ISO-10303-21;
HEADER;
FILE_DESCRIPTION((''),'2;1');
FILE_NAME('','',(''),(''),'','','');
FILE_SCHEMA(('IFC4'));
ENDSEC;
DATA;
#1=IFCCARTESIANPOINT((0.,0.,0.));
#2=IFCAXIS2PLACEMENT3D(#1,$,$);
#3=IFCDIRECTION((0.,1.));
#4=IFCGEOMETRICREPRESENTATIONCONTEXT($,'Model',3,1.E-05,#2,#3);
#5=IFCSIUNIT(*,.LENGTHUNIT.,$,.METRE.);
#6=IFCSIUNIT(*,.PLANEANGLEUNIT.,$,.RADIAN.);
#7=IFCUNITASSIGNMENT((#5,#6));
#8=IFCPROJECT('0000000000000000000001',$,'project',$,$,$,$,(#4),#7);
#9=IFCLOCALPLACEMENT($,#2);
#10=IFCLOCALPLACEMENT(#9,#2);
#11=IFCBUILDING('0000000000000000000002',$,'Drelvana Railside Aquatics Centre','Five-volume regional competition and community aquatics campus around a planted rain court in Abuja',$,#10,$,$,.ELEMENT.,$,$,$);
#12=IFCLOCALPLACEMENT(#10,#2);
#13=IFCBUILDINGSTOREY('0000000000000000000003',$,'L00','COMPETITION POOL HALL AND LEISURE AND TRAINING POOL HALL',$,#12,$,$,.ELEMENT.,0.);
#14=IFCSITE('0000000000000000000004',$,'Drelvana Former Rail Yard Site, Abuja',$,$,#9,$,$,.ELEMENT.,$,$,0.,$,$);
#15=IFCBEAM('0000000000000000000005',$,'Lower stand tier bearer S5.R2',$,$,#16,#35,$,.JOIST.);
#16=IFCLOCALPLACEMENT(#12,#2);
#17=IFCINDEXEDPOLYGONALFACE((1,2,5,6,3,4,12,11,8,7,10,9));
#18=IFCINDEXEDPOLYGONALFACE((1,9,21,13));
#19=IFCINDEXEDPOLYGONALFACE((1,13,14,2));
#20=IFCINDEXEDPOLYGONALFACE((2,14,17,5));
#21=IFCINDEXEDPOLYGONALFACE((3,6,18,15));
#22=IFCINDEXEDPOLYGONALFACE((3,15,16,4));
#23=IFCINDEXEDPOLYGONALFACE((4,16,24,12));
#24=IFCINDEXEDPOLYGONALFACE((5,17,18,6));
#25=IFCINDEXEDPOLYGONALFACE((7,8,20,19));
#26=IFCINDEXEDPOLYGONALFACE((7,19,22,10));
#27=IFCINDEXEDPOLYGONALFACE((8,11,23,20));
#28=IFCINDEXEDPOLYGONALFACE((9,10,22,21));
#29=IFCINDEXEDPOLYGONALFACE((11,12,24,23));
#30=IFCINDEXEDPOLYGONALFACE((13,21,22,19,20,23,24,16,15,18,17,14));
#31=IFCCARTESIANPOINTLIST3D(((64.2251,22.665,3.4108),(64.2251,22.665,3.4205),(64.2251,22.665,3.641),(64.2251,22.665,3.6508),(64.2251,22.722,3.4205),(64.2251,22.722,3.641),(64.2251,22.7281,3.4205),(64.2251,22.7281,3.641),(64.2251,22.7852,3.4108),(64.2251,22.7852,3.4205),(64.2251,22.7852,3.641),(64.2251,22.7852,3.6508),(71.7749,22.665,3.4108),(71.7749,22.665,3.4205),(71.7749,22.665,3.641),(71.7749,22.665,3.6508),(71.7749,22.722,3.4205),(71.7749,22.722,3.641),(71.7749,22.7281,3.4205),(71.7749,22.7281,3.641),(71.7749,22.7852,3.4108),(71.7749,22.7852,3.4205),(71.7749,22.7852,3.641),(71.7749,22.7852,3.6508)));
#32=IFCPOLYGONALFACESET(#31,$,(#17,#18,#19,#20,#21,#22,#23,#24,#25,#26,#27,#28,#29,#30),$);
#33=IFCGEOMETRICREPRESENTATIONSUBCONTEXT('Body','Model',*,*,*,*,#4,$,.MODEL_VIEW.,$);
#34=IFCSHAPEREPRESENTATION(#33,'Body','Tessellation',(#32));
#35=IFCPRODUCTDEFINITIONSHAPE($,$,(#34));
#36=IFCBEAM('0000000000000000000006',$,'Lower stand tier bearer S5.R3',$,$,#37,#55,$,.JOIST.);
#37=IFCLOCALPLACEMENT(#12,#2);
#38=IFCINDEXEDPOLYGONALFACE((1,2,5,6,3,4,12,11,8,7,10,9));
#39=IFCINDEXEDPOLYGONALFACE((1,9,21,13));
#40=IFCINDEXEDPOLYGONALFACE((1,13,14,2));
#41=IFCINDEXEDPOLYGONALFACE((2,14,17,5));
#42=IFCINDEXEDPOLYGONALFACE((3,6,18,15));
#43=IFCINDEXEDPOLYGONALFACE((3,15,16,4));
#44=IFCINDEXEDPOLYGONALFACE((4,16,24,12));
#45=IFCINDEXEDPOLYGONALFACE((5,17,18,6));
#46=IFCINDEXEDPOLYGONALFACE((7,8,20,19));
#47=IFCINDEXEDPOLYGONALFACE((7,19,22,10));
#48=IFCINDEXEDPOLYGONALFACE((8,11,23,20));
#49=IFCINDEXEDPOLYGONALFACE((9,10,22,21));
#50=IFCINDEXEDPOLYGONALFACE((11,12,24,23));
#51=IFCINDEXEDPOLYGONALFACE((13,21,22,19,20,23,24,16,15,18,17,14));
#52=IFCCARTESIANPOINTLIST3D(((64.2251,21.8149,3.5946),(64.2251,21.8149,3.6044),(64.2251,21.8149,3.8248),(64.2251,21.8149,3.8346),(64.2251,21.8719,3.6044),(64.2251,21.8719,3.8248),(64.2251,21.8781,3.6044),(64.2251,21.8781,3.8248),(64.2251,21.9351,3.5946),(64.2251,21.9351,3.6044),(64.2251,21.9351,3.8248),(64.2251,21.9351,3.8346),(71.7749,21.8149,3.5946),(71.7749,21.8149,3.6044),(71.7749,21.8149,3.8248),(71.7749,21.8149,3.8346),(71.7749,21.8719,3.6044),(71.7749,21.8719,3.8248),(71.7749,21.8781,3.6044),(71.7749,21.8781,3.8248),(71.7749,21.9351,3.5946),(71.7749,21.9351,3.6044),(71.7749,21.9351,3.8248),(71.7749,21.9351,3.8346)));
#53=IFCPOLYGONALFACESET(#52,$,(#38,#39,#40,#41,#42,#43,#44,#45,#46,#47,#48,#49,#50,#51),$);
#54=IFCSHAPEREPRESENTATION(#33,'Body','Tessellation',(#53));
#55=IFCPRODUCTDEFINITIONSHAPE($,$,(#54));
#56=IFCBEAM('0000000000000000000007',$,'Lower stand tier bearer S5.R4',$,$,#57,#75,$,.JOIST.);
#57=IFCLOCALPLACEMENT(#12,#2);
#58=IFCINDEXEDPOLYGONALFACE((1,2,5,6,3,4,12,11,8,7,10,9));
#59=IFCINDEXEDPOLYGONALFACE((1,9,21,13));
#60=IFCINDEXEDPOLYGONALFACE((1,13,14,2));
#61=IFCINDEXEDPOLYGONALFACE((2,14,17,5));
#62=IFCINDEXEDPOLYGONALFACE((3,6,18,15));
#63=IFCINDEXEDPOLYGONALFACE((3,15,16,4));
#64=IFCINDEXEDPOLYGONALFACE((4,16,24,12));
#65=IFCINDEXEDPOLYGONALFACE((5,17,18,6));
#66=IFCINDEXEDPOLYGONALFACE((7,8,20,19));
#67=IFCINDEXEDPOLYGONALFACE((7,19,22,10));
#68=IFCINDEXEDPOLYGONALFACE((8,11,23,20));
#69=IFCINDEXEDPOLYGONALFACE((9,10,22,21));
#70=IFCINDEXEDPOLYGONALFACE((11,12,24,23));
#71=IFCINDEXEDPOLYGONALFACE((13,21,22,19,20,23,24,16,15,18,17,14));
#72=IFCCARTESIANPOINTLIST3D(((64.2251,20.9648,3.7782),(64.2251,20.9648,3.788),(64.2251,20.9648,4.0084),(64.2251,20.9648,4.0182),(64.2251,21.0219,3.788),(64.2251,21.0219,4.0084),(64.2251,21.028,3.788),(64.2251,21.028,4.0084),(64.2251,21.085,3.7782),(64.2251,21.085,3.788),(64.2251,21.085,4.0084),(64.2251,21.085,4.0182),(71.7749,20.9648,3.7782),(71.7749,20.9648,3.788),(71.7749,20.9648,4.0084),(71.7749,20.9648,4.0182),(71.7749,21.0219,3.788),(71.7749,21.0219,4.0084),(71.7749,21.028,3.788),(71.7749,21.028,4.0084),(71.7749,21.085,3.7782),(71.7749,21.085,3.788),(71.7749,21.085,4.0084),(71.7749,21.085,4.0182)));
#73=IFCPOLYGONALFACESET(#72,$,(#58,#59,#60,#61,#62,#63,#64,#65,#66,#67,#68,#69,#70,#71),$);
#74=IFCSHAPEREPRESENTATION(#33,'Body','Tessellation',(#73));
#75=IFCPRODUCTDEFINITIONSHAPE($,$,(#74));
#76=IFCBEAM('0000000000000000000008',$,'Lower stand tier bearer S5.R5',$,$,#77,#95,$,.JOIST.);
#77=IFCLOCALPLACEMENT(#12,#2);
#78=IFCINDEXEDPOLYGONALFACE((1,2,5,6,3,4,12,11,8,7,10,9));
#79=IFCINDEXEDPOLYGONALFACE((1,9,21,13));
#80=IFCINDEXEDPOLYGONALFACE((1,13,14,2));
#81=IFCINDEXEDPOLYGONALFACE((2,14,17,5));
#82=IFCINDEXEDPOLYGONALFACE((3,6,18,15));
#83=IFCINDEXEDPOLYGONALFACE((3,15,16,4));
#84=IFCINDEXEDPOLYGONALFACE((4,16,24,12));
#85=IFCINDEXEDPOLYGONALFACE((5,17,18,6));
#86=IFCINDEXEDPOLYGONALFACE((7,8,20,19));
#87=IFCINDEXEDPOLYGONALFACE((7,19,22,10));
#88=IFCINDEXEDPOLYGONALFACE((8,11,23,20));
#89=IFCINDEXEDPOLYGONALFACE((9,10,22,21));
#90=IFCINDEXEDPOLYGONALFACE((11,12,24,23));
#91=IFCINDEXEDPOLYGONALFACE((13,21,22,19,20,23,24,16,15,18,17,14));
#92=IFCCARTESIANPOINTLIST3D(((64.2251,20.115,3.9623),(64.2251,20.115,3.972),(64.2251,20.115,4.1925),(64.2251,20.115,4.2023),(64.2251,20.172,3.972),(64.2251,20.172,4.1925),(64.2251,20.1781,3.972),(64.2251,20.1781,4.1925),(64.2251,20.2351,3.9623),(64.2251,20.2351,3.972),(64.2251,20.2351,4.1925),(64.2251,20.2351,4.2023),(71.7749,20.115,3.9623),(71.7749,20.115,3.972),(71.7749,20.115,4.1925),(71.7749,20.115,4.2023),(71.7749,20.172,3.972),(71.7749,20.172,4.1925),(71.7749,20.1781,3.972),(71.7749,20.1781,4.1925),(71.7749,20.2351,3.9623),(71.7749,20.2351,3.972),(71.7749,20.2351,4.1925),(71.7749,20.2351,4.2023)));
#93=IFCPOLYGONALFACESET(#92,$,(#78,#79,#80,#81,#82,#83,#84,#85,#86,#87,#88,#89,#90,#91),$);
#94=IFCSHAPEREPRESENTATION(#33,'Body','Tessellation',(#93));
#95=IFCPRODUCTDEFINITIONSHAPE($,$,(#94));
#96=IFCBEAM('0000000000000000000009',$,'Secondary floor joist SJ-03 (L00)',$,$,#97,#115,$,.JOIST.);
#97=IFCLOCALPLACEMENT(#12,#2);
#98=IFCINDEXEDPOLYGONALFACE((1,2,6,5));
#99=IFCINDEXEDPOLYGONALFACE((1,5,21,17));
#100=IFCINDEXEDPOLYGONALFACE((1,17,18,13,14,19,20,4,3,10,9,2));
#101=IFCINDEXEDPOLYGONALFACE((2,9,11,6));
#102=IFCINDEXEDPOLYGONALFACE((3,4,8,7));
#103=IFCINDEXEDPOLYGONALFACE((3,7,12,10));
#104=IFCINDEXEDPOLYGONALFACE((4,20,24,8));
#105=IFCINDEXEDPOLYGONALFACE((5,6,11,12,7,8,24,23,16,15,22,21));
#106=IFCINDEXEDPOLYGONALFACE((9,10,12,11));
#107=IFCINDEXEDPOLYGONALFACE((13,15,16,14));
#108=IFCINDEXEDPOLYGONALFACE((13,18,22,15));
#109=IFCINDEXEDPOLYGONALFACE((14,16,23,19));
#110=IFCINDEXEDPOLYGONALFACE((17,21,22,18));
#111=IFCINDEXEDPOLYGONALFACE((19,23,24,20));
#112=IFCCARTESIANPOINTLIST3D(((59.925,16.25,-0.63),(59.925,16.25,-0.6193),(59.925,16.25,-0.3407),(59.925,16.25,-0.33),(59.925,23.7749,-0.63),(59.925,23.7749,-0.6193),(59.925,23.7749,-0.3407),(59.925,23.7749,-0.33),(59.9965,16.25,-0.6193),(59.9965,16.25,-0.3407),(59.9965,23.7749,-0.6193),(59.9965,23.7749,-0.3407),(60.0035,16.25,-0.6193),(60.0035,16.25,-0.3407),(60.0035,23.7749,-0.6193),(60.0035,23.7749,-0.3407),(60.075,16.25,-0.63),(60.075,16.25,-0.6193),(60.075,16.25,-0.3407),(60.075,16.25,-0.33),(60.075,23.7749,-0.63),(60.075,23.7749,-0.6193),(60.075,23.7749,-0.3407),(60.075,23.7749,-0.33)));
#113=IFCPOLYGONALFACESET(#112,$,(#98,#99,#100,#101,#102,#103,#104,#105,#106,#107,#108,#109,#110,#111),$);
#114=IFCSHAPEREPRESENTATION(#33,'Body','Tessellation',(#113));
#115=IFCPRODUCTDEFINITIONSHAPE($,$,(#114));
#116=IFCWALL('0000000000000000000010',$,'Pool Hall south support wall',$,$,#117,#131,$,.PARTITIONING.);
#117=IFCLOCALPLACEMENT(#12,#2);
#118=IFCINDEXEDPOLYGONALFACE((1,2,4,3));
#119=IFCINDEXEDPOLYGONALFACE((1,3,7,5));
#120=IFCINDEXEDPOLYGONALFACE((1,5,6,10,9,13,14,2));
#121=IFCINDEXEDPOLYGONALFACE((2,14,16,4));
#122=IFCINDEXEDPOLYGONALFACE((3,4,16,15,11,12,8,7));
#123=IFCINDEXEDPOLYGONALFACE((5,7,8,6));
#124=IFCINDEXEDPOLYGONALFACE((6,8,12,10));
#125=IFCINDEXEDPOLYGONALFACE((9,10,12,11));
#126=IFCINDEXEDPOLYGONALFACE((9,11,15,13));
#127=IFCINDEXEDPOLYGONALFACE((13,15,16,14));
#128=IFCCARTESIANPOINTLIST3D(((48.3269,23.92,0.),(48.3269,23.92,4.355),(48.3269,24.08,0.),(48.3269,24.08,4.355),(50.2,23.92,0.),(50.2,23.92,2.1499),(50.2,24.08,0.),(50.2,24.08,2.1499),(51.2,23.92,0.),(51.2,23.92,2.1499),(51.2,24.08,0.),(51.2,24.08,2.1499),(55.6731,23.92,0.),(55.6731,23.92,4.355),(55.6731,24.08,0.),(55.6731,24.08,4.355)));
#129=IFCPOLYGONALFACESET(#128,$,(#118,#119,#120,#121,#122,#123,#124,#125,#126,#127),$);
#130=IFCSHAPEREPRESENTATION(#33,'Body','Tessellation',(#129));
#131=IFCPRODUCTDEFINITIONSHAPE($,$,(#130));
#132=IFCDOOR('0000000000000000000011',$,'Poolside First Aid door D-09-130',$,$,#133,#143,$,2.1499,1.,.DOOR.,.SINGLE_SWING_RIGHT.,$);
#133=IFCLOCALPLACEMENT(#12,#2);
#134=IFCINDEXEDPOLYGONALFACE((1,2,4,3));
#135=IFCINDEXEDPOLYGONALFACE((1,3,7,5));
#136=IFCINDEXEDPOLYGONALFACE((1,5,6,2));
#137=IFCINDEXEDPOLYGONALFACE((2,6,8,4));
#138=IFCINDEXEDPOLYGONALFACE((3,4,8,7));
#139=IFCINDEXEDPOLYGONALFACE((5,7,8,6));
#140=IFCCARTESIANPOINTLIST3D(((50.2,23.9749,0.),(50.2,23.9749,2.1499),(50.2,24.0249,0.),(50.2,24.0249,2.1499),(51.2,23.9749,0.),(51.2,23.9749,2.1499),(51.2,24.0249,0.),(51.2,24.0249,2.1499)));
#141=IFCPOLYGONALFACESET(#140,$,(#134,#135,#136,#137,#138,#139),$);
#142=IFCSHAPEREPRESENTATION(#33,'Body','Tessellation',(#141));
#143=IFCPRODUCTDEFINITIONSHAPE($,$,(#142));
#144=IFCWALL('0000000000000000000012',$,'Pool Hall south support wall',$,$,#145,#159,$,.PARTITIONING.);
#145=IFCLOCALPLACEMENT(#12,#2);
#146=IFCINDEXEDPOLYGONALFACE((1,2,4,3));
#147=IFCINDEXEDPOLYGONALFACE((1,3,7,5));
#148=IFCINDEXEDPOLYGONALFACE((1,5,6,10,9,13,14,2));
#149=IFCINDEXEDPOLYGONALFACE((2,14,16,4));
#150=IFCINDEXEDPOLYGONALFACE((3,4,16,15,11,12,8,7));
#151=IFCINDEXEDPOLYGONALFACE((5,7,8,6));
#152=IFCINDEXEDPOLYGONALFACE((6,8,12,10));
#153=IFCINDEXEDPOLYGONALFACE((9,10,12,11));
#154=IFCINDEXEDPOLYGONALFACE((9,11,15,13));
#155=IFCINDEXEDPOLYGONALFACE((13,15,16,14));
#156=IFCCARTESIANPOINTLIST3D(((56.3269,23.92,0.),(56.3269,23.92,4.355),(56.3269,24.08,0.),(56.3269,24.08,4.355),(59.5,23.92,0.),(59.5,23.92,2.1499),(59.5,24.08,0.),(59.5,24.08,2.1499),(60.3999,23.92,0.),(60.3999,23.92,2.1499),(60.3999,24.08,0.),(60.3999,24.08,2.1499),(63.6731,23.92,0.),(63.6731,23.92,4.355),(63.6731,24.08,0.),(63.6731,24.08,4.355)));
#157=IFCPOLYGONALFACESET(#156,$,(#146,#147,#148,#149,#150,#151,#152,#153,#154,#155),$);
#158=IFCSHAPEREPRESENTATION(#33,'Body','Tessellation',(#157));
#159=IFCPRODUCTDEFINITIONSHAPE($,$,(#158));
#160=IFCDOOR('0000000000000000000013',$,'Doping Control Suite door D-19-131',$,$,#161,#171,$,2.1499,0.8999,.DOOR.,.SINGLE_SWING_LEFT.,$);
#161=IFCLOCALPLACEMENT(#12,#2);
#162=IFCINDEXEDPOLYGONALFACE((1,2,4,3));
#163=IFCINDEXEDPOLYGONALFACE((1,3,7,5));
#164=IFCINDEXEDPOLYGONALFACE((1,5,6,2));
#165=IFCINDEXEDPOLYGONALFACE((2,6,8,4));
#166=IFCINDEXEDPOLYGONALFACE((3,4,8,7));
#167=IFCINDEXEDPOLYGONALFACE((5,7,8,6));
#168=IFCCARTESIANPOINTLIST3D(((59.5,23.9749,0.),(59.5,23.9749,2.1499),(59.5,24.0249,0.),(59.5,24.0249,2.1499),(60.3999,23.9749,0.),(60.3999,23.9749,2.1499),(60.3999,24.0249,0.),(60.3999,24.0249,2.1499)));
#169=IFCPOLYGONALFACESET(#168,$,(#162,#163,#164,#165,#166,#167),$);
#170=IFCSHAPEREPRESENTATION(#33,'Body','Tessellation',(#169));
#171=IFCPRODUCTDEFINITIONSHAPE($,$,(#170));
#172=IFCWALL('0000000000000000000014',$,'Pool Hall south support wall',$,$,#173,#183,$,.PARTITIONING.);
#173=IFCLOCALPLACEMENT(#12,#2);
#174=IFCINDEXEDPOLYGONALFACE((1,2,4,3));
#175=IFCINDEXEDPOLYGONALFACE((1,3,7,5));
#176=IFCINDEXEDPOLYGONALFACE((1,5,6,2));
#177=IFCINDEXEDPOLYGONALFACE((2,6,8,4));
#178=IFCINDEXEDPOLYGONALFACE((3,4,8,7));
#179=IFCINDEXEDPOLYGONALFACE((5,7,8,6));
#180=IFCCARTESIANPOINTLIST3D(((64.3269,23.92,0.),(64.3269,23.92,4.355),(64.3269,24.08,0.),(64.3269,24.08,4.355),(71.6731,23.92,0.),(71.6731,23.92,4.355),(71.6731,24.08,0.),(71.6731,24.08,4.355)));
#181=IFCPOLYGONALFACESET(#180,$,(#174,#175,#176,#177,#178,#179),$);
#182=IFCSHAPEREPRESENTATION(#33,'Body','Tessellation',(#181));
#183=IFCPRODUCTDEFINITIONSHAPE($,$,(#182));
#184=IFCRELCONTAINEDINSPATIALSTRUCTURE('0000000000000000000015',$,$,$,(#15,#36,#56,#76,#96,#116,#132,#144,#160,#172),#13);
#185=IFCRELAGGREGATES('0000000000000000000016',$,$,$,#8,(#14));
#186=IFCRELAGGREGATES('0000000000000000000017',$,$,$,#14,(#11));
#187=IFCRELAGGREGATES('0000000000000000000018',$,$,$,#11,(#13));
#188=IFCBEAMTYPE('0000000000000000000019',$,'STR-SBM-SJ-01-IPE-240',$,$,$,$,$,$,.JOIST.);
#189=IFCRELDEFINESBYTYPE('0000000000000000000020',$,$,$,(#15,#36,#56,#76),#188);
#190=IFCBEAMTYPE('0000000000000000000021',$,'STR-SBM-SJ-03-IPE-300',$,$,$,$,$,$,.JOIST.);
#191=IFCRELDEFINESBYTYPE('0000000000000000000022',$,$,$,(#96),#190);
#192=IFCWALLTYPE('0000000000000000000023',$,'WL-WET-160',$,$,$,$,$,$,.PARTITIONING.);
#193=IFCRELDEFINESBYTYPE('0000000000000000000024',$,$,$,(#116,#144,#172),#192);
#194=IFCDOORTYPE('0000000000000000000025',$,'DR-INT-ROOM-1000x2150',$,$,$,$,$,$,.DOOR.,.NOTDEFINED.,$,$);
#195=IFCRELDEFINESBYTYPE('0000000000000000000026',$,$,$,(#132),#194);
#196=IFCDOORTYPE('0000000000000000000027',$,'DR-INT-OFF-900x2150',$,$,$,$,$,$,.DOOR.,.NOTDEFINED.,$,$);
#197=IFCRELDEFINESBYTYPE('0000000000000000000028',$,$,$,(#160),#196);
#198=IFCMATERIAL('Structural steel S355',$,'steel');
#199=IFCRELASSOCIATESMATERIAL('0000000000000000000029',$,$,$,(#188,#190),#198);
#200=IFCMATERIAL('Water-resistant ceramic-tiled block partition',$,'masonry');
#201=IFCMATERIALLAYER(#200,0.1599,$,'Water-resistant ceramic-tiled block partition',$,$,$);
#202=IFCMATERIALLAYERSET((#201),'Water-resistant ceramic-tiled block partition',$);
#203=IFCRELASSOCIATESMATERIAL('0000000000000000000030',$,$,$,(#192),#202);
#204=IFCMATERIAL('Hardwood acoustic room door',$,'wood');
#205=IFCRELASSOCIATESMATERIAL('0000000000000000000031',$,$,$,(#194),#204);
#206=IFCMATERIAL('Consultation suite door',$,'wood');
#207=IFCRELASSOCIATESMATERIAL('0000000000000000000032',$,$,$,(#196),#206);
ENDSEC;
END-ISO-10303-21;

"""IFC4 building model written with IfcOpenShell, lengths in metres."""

from ifc_helpers import new_model, si_unit, direction, frame, frame_2d, origin, origin_2d, place, context, subcontext, project, spatial, rectangle, i_section, extrude, material, layer, layer_set, material_profile, profile_set, type_object, element, fill, save


model = new_model("IFC4")

# Units and contexts
model_context = context("Model", 3, precision=1e-05, world=origin(), true_north=direction((0.0, 1.0)))
body_context = subcontext(model_context, "Body", "Model", "MODEL_VIEW")
ifc_project = project(units=[si_unit("LENGTHUNIT", "METRE"), si_unit("PLANEANGLEUNIT", "RADIAN")], contexts=[model_context])

# Site, building, storey
site_placement = place(None, origin())
site = spatial("IfcSite", under=ifc_project, at=site_placement, Name="Drelvana Former Rail Yard Site, Abuja", CompositionType="ELEMENT", RefElevation=0.0)
building_placement = place(site_placement, origin())
building = spatial("IfcBuilding", under=site, at=building_placement, Name="Drelvana Railside Aquatics Centre", Description="Five-volume regional competition and community aquatics campus around a planted rain court in Abuja", CompositionType="ELEMENT")
storey_placement = place(building_placement, origin())
storey = spatial("IfcBuildingStorey", under=building, at=storey_placement, Name="L00", Description="COMPETITION POOL HALL AND LEISURE AND TRAINING POOL HALL", CompositionType="ELEMENT", Elevation=0.0)

# Beams
ifc_material_1 = material(Name="Structural steel S355", Category="steel")
ifc_material_profile_1 = material_profile(ifc_material_1, i_section(OverallWidth=0.1201, OverallDepth=0.24, WebThickness=0.0061, FlangeThickness=0.0098, at=origin_2d()), Name="IPE 240")
ifc_profile_set_1 = profile_set([ifc_material_profile_1], Name="Structural steel S355")
beam_type_1 = type_object("IfcBeamType", Name="STR-SBM-SJ-01-IPE-240", PredefinedType="JOIST", material=ifc_profile_set_1)
for number, where, z_axis, x_axis, name in (
    (1, (64.2251, 22.7251, 3.5308), (1.0, 0.0, 0.0), (0.0, 1.0, 0.0), "Lower stand tier bearer S5.R2"),
    (2, (64.2251, 21.875, 3.7146), (1.0, 0.0, 0.0), (0.0, 1.0, 0.0), "Lower stand tier bearer S5.R3"),
    (3, (64.2251, 21.0249, 3.8982), (1.0, 0.0, 0.0), (0.0, 1.0, 0.0), "Lower stand tier bearer S5.R4"),
    (4, (64.2251, 20.175, 4.0823), (1.0, 0.0, 0.0), (0.0, 1.0, 0.0), "Lower stand tier bearer S5.R5"),
):
    element("IfcBeam", number, at=place(storey_placement, frame(where, z_axis=z_axis, x_axis=x_axis)), inside=storey, type_object=beam_type_1, Name=name, PredefinedType="JOIST", context=body_context, shape_type="SweptSolid", body=[
        extrude(i_section(OverallWidth=0.1201, OverallDepth=0.24, WebThickness=0.0061, FlangeThickness=0.0098, at=origin_2d()), origin(), (0.0, 0.0, 1.0), 7.5498),
    ])
ifc_material_profile_2 = material_profile(ifc_material_1, i_section(OverallWidth=0.1499, OverallDepth=0.3, WebThickness=0.0071, FlangeThickness=0.0107, at=origin_2d()), Name="IPE 300")
ifc_profile_set_2 = profile_set([ifc_material_profile_2], Name="Structural steel S355")
beam_type_2 = type_object("IfcBeamType", Name="STR-SBM-SJ-03-IPE-300", PredefinedType="JOIST", material=ifc_profile_set_2)
beam_1_placement = place(storey_placement, frame((60.0, 16.25, -0.48), z_axis=(0.0, 1.0, 0.0), x_axis=(-1.0, 0.0, 0.0)))
element("IfcBeam", 5, at=beam_1_placement, inside=storey, type_object=beam_type_2, Name="Secondary floor joist SJ-03 (L00)", PredefinedType="JOIST", context=body_context, shape_type="SweptSolid", body=[
    extrude(i_section(OverallWidth=0.1499, OverallDepth=0.3, WebThickness=0.0071, FlangeThickness=0.0107, at=origin_2d()), origin(), (0.0, 0.0, 1.0), 7.5249),
])

# Walls, openings, doors
ifc_material_2 = material(Name="Water-resistant ceramic-tiled block partition", Category="masonry")
ifc_layer = layer(ifc_material_2, 0.1599, Name="Water-resistant ceramic-tiled block partition")
ifc_layer_set = layer_set([ifc_layer], Name="Water-resistant ceramic-tiled block partition")
wall_type = type_object("IfcWallType", Name="WL-WET-160", PredefinedType="PARTITIONING", material=ifc_layer_set)
wall_1_placement = place(storey_placement, frame((48.3269, 24.0, 0.0), z_axis=(0.0, 0.0, 1.0), x_axis=(1.0, 0.0, 0.0)))
wall_1 = element("IfcWall", 6, at=wall_1_placement, inside=storey, type_object=wall_type, Name="Pool Hall south support wall", PredefinedType="PARTITIONING", context=body_context, shape_type="SweptSolid", body=[
    extrude(rectangle(XDim=7.3462, YDim=0.1599, at=frame_2d((3.6731, 0.0))), origin(), (0.0, 0.0, 1.0), 4.355),
])
opening_1_placement = place(wall_1_placement, frame((1.873, 0.0, 0.0)))
opening_1 = element("IfcOpeningElement", 7, at=opening_1_placement, cuts=wall_1, PredefinedType="OPENING", context=body_context, shape_type="SweptSolid", body=[
    extrude(rectangle(XDim=1.0, YDim=2.1499, at=frame_2d((0.5, 1.075))), frame((0.0, 0.0898, 0.0), z_axis=(0.0, -1.0, 0.0), x_axis=(1.0, 0.0, 0.0)), (0.0, 0.0, 1.0), 0.1799),
])
ifc_material_3 = material(Name="Hardwood acoustic room door", Category="wood")
door_type_1 = type_object("IfcDoorType", Name="DR-INT-ROOM-1000x2150", OperationType="NOTDEFINED", PredefinedType="DOOR", material=ifc_material_3)
door_1_placement = place(opening_1_placement, origin())
door_1 = element("IfcDoor", 8, at=door_1_placement, inside=storey, type_object=door_type_1, Name="Poolside First Aid door D-09-130", OperationType="SINGLE_SWING_RIGHT", OverallHeight=2.1499, OverallWidth=1.0, PredefinedType="DOOR", context=body_context, shape_type="SweptSolid", body=[
    extrude(rectangle(XDim=1.0, YDim=2.1499, at=frame_2d((0.5, 1.075))), frame((0.0, 0.0249, 0.0), z_axis=(0.0, -1.0, 0.0), x_axis=(1.0, 0.0, 0.0)), (0.0, 0.0, 1.0), 0.05),
])
fill(opening_1, door_1)
wall_2_placement = place(storey_placement, frame((56.3269, 24.0, 0.0), z_axis=(0.0, 0.0, 1.0), x_axis=(1.0, 0.0, 0.0)))
wall_2 = element("IfcWall", 9, at=wall_2_placement, inside=storey, type_object=wall_type, Name="Pool Hall south support wall", PredefinedType="PARTITIONING", context=body_context, shape_type="SweptSolid", body=[
    extrude(rectangle(XDim=7.3462, YDim=0.1599, at=frame_2d((3.6731, 0.0))), origin(), (0.0, 0.0, 1.0), 4.355),
])
opening_2_placement = place(wall_2_placement, frame((3.1731, 0.0, 0.0)))
opening_2 = element("IfcOpeningElement", 10, at=opening_2_placement, cuts=wall_2, PredefinedType="OPENING", context=body_context, shape_type="SweptSolid", body=[
    extrude(rectangle(XDim=0.8999, YDim=2.1499, at=frame_2d((0.45, 1.075))), frame((0.0, 0.0898, 0.0), z_axis=(0.0, -1.0, 0.0), x_axis=(1.0, 0.0, 0.0)), (0.0, 0.0, 1.0), 0.1799),
])
ifc_material_4 = material(Name="Consultation suite door", Category="wood")
door_type_2 = type_object("IfcDoorType", Name="DR-INT-OFF-900x2150", OperationType="NOTDEFINED", PredefinedType="DOOR", material=ifc_material_4)
door_2_placement = place(opening_2_placement, origin())
door_2 = element("IfcDoor", 11, at=door_2_placement, inside=storey, type_object=door_type_2, Name="Doping Control Suite door D-19-131", OperationType="SINGLE_SWING_LEFT", OverallHeight=2.1499, OverallWidth=0.8999, PredefinedType="DOOR", context=body_context, shape_type="SweptSolid", body=[
    extrude(rectangle(XDim=0.8999, YDim=2.1499, at=frame_2d((0.45, 1.075))), frame((0.0, 0.0249, 0.0), z_axis=(0.0, -1.0, 0.0), x_axis=(1.0, 0.0, 0.0)), (0.0, 0.0, 1.0), 0.05),
])
fill(opening_2, door_2)

# Wall
wall_3_placement = place(storey_placement, frame((64.3269, 24.0, 0.0), z_axis=(0.0, 0.0, 1.0), x_axis=(1.0, 0.0, 0.0)))
element("IfcWall", 12, at=wall_3_placement, inside=storey, type_object=wall_type, Name="Pool Hall south support wall", PredefinedType="PARTITIONING", context=body_context, shape_type="SweptSolid", body=[
    extrude(rectangle(XDim=7.3462, YDim=0.1599, at=frame_2d((3.6731, 0.0))), origin(), (0.0, 0.0, 1.0), 4.355),
])

save(model, "model.ifc")
